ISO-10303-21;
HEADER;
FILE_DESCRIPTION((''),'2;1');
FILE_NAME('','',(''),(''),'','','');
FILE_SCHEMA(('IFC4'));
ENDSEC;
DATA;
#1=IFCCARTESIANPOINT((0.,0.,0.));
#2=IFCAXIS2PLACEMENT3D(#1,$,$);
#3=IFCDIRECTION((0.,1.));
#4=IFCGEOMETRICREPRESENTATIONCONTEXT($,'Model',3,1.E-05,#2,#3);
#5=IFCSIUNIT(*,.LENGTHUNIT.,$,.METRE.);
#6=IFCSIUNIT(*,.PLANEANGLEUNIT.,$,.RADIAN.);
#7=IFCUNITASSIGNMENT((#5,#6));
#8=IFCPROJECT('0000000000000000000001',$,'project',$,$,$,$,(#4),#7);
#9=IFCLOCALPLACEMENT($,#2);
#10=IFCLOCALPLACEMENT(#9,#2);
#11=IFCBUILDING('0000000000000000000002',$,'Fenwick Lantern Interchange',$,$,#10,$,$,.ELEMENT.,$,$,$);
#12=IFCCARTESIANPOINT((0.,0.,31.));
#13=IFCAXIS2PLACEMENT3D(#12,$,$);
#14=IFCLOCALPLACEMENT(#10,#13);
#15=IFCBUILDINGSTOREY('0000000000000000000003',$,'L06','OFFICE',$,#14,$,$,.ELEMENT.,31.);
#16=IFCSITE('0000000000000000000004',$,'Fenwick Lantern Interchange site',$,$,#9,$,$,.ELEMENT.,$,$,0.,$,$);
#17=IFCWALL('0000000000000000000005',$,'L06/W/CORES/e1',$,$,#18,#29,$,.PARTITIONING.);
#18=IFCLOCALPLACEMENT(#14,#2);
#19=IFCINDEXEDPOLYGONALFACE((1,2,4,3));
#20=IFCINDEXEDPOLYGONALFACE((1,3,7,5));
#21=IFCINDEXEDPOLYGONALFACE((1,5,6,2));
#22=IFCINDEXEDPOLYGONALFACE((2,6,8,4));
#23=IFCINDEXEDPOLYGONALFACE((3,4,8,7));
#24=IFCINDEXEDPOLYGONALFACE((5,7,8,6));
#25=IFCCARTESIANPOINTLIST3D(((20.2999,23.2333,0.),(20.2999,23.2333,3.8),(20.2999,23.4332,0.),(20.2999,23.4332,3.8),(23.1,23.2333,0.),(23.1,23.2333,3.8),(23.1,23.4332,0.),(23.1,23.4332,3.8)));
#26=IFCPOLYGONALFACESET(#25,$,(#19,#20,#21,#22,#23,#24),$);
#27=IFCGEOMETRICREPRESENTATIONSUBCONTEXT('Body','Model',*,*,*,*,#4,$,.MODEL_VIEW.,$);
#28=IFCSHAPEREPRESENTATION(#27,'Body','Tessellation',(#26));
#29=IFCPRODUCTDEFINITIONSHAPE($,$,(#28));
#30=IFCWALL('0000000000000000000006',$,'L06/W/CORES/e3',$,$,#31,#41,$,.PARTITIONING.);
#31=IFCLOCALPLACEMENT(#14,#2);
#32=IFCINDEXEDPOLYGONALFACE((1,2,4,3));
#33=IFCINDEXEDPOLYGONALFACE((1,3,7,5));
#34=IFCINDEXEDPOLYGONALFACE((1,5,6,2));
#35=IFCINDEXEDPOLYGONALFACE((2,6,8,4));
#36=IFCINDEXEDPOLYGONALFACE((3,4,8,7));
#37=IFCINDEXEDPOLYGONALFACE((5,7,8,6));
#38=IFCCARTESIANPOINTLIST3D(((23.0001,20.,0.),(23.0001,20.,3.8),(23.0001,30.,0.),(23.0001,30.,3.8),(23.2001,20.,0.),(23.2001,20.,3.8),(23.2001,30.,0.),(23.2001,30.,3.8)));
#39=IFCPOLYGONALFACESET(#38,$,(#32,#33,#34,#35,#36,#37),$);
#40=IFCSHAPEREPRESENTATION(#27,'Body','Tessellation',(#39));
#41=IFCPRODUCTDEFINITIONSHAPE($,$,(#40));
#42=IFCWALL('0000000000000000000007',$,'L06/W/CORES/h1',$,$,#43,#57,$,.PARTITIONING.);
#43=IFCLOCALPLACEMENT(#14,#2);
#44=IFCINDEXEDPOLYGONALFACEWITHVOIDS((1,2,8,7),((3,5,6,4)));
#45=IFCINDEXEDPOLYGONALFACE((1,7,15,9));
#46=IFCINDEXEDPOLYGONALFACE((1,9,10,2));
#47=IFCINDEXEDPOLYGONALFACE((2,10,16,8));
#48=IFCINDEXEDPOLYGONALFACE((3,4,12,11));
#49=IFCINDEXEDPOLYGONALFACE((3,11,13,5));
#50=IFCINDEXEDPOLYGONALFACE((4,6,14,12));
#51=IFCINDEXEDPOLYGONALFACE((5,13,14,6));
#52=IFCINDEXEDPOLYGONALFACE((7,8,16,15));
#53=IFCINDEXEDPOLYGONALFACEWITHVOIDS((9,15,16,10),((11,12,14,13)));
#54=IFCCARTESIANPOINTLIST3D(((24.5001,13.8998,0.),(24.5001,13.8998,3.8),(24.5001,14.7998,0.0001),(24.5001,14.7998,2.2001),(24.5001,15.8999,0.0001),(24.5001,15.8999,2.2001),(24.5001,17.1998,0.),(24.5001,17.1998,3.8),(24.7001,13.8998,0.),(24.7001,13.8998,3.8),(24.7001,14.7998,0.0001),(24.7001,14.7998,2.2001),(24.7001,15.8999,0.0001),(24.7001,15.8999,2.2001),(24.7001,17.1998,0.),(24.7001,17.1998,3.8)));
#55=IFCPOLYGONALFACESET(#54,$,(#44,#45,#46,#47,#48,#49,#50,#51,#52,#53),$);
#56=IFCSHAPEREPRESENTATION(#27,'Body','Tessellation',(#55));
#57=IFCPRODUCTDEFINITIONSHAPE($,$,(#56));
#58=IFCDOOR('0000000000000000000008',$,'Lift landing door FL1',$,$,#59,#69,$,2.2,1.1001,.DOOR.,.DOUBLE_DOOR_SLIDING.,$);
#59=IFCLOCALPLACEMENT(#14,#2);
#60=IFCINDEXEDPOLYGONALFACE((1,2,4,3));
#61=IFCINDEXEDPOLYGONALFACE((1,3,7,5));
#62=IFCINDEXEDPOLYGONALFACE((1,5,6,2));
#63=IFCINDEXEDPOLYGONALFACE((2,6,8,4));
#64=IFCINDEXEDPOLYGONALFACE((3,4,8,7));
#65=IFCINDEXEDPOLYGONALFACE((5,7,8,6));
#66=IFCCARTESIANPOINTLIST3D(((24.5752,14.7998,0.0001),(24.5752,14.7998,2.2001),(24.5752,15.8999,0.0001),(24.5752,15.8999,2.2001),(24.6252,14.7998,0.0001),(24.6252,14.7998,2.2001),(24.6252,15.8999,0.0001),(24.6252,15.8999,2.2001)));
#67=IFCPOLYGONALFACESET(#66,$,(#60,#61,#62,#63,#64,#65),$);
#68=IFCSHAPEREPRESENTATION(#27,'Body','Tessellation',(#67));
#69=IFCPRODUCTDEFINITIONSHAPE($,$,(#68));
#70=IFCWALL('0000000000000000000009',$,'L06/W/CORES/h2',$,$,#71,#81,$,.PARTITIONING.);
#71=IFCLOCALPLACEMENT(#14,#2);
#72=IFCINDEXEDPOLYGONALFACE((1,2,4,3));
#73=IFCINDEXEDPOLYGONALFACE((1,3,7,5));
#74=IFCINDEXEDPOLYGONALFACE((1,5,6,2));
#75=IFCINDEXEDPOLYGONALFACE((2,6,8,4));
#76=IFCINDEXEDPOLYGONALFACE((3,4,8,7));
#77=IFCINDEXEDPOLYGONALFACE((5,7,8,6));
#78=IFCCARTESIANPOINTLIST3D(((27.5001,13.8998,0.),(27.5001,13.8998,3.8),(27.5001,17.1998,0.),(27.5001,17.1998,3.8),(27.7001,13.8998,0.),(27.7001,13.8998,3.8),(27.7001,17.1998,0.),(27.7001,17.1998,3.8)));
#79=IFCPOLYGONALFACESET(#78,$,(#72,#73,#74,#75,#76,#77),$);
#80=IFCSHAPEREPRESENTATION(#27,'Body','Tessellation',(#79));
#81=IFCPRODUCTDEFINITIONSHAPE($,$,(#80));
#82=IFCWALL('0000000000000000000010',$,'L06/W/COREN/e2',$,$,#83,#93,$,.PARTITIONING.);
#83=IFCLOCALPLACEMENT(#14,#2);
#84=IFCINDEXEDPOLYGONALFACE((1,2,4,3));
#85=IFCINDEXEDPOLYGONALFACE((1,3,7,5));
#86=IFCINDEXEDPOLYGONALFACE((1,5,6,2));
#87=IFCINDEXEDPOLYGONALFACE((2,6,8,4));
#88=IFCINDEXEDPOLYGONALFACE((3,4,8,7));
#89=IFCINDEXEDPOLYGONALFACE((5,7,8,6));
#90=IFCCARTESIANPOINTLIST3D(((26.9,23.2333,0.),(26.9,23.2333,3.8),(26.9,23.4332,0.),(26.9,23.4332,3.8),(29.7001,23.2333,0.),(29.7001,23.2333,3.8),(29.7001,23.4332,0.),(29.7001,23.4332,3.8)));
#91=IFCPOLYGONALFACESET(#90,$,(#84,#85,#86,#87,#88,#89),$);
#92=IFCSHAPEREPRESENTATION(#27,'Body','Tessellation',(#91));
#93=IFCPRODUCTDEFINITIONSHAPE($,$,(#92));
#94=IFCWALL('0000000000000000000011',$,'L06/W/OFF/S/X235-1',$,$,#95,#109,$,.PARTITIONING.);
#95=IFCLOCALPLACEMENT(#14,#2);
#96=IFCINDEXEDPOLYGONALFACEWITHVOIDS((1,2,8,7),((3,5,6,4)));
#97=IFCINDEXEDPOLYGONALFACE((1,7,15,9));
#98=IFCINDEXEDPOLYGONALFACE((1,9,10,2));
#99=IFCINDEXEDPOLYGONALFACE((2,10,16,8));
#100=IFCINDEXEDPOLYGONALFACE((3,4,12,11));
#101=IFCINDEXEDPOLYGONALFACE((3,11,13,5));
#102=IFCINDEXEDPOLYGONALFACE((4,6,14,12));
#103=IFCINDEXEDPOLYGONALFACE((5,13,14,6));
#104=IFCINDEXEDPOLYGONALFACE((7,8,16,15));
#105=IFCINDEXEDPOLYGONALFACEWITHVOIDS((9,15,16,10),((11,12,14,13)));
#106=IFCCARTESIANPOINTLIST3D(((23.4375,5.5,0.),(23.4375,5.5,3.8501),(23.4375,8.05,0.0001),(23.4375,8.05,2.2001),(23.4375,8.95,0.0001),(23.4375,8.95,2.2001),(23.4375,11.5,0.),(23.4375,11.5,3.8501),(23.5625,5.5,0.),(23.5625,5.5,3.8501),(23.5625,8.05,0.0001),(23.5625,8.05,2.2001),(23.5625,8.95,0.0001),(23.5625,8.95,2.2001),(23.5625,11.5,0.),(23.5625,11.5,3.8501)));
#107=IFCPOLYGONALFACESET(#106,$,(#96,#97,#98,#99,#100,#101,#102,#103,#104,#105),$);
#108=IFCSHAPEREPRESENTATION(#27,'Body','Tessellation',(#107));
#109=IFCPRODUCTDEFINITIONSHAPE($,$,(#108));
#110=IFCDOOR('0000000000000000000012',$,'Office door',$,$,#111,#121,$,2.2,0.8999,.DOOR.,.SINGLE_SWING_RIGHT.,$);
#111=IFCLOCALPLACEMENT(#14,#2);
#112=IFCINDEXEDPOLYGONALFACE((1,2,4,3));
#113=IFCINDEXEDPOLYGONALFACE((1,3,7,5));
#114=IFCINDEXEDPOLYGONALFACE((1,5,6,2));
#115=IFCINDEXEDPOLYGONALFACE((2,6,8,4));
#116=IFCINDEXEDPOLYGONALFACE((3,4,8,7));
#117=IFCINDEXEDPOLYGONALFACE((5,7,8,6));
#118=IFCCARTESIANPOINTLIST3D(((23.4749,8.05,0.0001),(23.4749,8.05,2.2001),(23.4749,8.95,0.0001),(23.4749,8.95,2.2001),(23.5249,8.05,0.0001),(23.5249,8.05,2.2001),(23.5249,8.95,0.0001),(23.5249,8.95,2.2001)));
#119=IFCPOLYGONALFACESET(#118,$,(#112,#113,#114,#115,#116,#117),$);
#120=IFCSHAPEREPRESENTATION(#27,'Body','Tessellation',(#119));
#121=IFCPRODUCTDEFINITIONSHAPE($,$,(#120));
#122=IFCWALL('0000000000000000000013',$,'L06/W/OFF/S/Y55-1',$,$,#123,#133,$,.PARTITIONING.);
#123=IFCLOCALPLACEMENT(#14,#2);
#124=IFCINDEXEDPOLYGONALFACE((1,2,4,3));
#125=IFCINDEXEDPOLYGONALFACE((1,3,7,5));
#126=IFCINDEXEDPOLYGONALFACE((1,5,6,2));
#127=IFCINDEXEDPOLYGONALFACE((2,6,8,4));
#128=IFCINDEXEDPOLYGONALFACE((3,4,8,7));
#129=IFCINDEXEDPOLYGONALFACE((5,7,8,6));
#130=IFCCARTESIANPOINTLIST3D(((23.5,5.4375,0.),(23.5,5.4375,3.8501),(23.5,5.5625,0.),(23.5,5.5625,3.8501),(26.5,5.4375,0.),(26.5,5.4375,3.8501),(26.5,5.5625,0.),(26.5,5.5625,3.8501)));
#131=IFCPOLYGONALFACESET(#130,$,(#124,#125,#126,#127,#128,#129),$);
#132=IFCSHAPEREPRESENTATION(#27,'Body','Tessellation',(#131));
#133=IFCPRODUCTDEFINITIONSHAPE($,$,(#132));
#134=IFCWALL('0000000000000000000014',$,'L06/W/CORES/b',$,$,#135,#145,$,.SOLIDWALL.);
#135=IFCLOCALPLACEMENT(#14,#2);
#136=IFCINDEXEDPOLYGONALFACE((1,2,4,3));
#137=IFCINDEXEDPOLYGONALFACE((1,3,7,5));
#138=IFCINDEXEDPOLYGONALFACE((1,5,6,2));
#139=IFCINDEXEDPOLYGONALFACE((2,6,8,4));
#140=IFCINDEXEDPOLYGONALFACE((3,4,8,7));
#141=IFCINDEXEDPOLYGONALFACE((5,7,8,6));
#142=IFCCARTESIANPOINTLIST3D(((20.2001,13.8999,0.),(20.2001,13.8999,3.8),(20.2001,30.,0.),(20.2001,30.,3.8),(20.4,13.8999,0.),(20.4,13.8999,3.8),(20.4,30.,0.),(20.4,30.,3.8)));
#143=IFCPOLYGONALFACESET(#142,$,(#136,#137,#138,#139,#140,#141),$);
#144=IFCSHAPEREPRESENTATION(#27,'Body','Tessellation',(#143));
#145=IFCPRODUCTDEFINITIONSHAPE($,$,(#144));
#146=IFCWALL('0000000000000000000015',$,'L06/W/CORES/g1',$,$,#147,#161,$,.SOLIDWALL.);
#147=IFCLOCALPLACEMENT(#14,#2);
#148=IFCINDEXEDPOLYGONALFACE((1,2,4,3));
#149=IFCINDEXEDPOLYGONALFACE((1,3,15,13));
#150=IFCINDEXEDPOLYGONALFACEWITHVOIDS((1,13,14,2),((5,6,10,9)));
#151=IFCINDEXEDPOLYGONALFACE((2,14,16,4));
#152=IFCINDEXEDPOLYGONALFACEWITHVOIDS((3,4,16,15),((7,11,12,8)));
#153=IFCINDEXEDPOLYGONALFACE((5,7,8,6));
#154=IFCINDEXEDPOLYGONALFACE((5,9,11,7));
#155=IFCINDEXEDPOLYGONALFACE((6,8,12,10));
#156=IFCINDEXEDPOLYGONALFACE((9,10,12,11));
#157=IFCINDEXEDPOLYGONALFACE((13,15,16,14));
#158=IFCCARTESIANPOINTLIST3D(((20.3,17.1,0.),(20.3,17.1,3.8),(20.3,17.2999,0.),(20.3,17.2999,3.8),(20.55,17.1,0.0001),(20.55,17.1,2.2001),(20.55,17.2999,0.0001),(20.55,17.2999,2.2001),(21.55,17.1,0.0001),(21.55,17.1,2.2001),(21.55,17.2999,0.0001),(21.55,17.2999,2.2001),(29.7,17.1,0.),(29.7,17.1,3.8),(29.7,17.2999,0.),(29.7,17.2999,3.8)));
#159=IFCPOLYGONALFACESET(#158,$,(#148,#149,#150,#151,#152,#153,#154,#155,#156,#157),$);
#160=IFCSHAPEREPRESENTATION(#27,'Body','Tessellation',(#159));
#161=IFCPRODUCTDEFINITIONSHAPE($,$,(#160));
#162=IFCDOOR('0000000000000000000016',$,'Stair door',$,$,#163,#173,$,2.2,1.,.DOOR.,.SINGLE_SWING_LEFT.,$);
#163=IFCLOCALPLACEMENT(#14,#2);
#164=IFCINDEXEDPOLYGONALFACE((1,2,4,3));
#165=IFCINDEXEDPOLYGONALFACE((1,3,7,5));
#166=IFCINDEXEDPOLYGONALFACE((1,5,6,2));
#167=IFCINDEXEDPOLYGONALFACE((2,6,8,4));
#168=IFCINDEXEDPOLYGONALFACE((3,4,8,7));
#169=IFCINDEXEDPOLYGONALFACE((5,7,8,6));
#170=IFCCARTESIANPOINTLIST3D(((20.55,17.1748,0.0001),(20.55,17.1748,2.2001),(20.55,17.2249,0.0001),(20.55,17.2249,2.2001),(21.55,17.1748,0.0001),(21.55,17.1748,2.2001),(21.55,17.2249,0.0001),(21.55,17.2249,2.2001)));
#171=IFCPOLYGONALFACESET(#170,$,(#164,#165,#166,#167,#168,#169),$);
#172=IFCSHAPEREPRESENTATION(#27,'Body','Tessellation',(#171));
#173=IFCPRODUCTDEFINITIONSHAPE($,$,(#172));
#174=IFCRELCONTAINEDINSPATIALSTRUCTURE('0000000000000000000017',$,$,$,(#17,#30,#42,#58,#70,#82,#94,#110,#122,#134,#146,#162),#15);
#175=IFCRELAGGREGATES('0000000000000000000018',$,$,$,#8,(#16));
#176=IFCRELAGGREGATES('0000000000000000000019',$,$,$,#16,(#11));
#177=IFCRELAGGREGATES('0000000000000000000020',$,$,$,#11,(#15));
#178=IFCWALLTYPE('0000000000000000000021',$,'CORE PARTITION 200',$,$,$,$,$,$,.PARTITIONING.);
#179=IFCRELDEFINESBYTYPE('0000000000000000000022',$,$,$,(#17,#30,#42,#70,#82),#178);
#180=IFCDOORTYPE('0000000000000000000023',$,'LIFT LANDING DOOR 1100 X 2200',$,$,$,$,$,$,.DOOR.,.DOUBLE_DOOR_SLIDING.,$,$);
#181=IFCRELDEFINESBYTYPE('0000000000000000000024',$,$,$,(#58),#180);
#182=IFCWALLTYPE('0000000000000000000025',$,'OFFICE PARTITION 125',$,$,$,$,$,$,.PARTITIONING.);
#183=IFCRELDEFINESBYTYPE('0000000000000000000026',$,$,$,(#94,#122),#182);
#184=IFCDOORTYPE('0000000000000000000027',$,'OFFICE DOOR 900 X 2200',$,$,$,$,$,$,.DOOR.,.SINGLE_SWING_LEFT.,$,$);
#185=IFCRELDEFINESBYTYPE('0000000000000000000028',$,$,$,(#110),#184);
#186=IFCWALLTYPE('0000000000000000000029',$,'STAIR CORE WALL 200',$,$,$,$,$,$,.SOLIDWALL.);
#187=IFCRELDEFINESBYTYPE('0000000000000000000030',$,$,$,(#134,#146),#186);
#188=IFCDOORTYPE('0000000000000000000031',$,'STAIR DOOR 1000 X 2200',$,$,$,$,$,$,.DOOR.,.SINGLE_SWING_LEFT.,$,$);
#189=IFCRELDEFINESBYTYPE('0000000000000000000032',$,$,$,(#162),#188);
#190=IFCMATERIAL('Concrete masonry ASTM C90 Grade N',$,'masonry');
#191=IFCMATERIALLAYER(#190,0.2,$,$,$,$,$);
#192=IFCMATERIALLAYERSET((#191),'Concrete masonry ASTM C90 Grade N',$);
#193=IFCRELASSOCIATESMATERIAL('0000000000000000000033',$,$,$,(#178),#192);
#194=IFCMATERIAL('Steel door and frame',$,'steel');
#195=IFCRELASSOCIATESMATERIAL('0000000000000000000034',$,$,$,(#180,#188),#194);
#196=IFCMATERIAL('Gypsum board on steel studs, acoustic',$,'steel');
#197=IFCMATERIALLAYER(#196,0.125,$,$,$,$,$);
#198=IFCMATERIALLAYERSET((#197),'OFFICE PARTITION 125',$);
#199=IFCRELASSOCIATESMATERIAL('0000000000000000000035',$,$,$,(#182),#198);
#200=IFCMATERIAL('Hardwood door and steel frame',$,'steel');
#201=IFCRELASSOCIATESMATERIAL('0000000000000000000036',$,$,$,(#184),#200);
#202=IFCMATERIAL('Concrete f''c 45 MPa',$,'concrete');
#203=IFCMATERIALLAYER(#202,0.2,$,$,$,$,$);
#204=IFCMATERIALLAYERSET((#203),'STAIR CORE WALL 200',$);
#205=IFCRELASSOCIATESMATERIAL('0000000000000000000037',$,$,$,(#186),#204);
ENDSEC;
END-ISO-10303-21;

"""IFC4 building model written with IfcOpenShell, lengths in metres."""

from ifc_helpers import new_model, si_unit, direction, frame, frame_2d, origin, place, context, subcontext, project, spatial, rectangle, extrude, material, layer, layer_set, type_object, element, fill, save


model = new_model("IFC4")

# Units and contexts
model_context = context("Model", 3, precision=1e-05, world=origin(), true_north=direction((0.0, 1.0)))
body_context = subcontext(model_context, "Body", "Model", "MODEL_VIEW")
ifc_project = project(units=[si_unit("LENGTHUNIT", "METRE"), si_unit("PLANEANGLEUNIT", "RADIAN")], contexts=[model_context])

# Site, building, storey
site_placement = place(None, origin())
site = spatial("IfcSite", under=ifc_project, at=site_placement, Name="Fenwick Lantern Interchange site", CompositionType="ELEMENT", RefElevation=0.0)
building_placement = place(site_placement, origin())
building = spatial("IfcBuilding", under=site, at=building_placement, Name="Fenwick Lantern Interchange", CompositionType="ELEMENT")
storey_placement = place(building_placement, frame((0.0, 0.0, 31.0)))
storey = spatial("IfcBuildingStorey", under=building, at=storey_placement, Name="L06", Description="OFFICE", CompositionType="ELEMENT", Elevation=31.0)

# Walls
ifc_material_1 = material(Name="Concrete masonry ASTM C90 Grade N", Category="masonry")
ifc_layer_1 = layer(ifc_material_1, 0.2)
ifc_layer_set_1 = layer_set([ifc_layer_1], Name="Concrete masonry ASTM C90 Grade N")
wall_type_1 = type_object("IfcWallType", Name="CORE PARTITION 200", PredefinedType="PARTITIONING", material=ifc_layer_set_1)
wall_1_placement = place(storey_placement, frame((20.3, 23.3333, 0.0), z_axis=(0.0, 0.0, 1.0), x_axis=(1.0, 0.0, 0.0)))
element("IfcWall", 1, at=wall_1_placement, inside=storey, type_object=wall_type_1, Name="L06/W/CORES/e1", PredefinedType="PARTITIONING", context=body_context, shape_type="SweptSolid", body=[
    extrude(rectangle(XDim=2.8, YDim=0.2, at=frame_2d((1.3999, 0.0))), origin(), (0.0, 0.0, 1.0), 3.8),
])
wall_2_placement = place(storey_placement, frame((23.1001, 20.0, 0.0), z_axis=(0.0, 0.0, 1.0), x_axis=(0.0, 1.0, 0.0)))
element("IfcWall", 2, at=wall_2_placement, inside=storey, type_object=wall_type_1, Name="L06/W/CORES/e3", PredefinedType="PARTITIONING", context=body_context, shape_type="SweptSolid", body=[
    extrude(rectangle(XDim=10.0, YDim=0.2, at=frame_2d((5.0, 0.0))), origin(), (0.0, 0.0, 1.0), 3.8),
])

# Wall, opening, door
wall_3_placement = place(storey_placement, frame((24.6001, 13.8999, 0.0), z_axis=(0.0, 0.0, 1.0), x_axis=(0.0, 1.0, 0.0)))
wall_3 = element("IfcWall", 3, at=wall_3_placement, inside=storey, type_object=wall_type_1, Name="L06/W/CORES/h1", PredefinedType="PARTITIONING", context=body_context, shape_type="SweptSolid", body=[
    extrude(rectangle(XDim=3.3, YDim=0.2, at=frame_2d((1.6499, 0.0))), origin(), (0.0, 0.0, 1.0), 3.8),
])
opening_1_placement = place(wall_3_placement, frame((0.8999, 0.0, 0.0)))
opening_1 = element("IfcOpeningElement", 4, at=opening_1_placement, cuts=wall_3, PredefinedType="OPENING", context=body_context, shape_type="SweptSolid", body=[
    extrude(rectangle(XDim=1.1001, YDim=2.2, at=frame_2d((0.55, 1.1001))), frame((0.0, 0.1099, 0.0), z_axis=(0.0, -1.0, 0.0), x_axis=(1.0, 0.0, 0.0)), (0.0, 0.0, 1.0), 0.22),
])
ifc_material_2 = material(Name="Steel door and frame", Category="steel")
door_type_1 = type_object("IfcDoorType", Name="LIFT LANDING DOOR 1100 X 2200", OperationType="DOUBLE_DOOR_SLIDING", PredefinedType="DOOR", material=ifc_material_2)
door_1_placement = place(opening_1_placement, origin())
door_1 = element("IfcDoor", 5, at=door_1_placement, inside=storey, type_object=door_type_1, Name="Lift landing door FL1", OperationType="DOUBLE_DOOR_SLIDING", OverallHeight=2.2, OverallWidth=1.1001, PredefinedType="DOOR", context=body_context, shape_type="SweptSolid", body=[
    extrude(rectangle(XDim=1.1001, YDim=2.2, at=frame_2d((0.55, 1.1001))), frame((0.0, 0.0249, 0.0), z_axis=(0.0, -1.0, 0.0), x_axis=(1.0, 0.0, 0.0)), (0.0, 0.0, 1.0), 0.05),
])
fill(opening_1, door_1)

# Walls
wall_4_placement = place(storey_placement, frame((27.6001, 13.8999, 0.0), z_axis=(0.0, 0.0, 1.0), x_axis=(0.0, 1.0, 0.0)))
element("IfcWall", 6, at=wall_4_placement, inside=storey, type_object=wall_type_1, Name="L06/W/CORES/h2", PredefinedType="PARTITIONING", context=body_context, shape_type="SweptSolid", body=[
    extrude(rectangle(XDim=3.3, YDim=0.2, at=frame_2d((1.6499, 0.0))), origin(), (0.0, 0.0, 1.0), 3.8),
])
wall_5_placement = place(storey_placement, frame((29.7, 23.3333, 0.0), z_axis=(0.0, 0.0, 1.0), x_axis=(-1.0, 0.0, 0.0)))
element("IfcWall", 7, at=wall_5_placement, inside=storey, type_object=wall_type_1, Name="L06/W/COREN/e2", PredefinedType="PARTITIONING", context=body_context, shape_type="SweptSolid", body=[
    extrude(rectangle(XDim=2.8, YDim=0.2, at=frame_2d((1.3999, 0.0))), origin(), (0.0, 0.0, 1.0), 3.8),
])

# Wall, opening, door
ifc_material_3 = material(Name="Gypsum board on steel studs, acoustic", Category="steel")
ifc_layer_2 = layer(ifc_material_3, 0.125)
ifc_layer_set_2 = layer_set([ifc_layer_2], Name="OFFICE PARTITION 125")
wall_type_2 = type_object("IfcWallType", Name="OFFICE PARTITION 125", PredefinedType="PARTITIONING", material=ifc_layer_set_2)
wall_6_placement = place(storey_placement, frame((23.5, 5.5, 0.0), z_axis=(0.0, 0.0, 1.0), x_axis=(0.0, 1.0, 0.0)))
wall_6 = element("IfcWall", 8, at=wall_6_placement, inside=storey, type_object=wall_type_2, Name="L06/W/OFF/S/X235-1", PredefinedType="PARTITIONING", context=body_context, shape_type="SweptSolid", body=[
    extrude(rectangle(XDim=6.0, YDim=0.125, at=frame_2d((3.0, 0.0))), origin(), (0.0, 0.0, 1.0), 3.8501),
])
opening_2_placement = place(wall_6_placement, frame((2.55, 0.0, 0.0)))
opening_2 = element("IfcOpeningElement", 9, at=opening_2_placement, cuts=wall_6, PredefinedType="OPENING", context=body_context, shape_type="SweptSolid", body=[
    extrude(rectangle(XDim=0.8999, YDim=2.2, at=frame_2d((0.45, 1.1001))), frame((0.0, 0.0725, 0.0), z_axis=(0.0, -1.0, 0.0), x_axis=(1.0, 0.0, 0.0)), (0.0, 0.0, 1.0), 0.145),
])
ifc_material_4 = material(Name="Hardwood door and steel frame", Category="steel")
door_type_2 = type_object("IfcDoorType", Name="OFFICE DOOR 900 X 2200", OperationType="SINGLE_SWING_LEFT", PredefinedType="DOOR", material=ifc_material_4)
door_2_placement = place(opening_2_placement, frame((0.8999, 0.0, 0.0), z_axis=(0.0, 0.0, 1.0), x_axis=(-1.0, 0.0, 0.0)))
door_2 = element("IfcDoor", 10, at=door_2_placement, inside=storey, type_object=door_type_2, Name="Office door", OperationType="SINGLE_SWING_RIGHT", OverallHeight=2.2, OverallWidth=0.8999, PredefinedType="DOOR", context=body_context, shape_type="SweptSolid", body=[
    extrude(rectangle(XDim=0.8999, YDim=2.2, at=frame_2d((0.45, 1.1001))), frame((0.0, 0.0249, 0.0), z_axis=(0.0, -1.0, 0.0), x_axis=(1.0, 0.0, 0.0)), (0.0, 0.0, 1.0), 0.05),
])
fill(opening_2, door_2)

# Walls
wall_7_placement = place(storey_placement, frame((23.5, 5.5, 0.0), z_axis=(0.0, 0.0, 1.0), x_axis=(1.0, 0.0, 0.0)))
element("IfcWall", 11, at=wall_7_placement, inside=storey, type_object=wall_type_2, Name="L06/W/OFF/S/Y55-1", PredefinedType="PARTITIONING", context=body_context, shape_type="SweptSolid", body=[
    extrude(rectangle(XDim=3.0, YDim=0.125, at=frame_2d((1.5, 0.0))), origin(), (0.0, 0.0, 1.0), 3.8501),
])
ifc_material_5 = material(Name="Concrete f'c 45 MPa", Category="concrete")
ifc_layer_3 = layer(ifc_material_5, 0.2)
ifc_layer_set_3 = layer_set([ifc_layer_3], Name="STAIR CORE WALL 200")
wall_type_3 = type_object("IfcWallType", Name="STAIR CORE WALL 200", PredefinedType="SOLIDWALL", material=ifc_layer_set_3)
wall_8_placement = place(storey_placement, frame((20.3, 13.8999, 0.0), z_axis=(0.0, 0.0, 1.0), x_axis=(0.0, 1.0, 0.0)))
element("IfcWall", 12, at=wall_8_placement, inside=storey, type_object=wall_type_3, Name="L06/W/CORES/b", PredefinedType="SOLIDWALL", context=body_context, shape_type="SweptSolid", body=[
    extrude(rectangle(XDim=16.1001, YDim=0.2, at=frame_2d((8.05, 0.0))), origin(), (0.0, 0.0, 1.0), 3.8),
])

# Wall, opening, door
wall_9_placement = place(storey_placement, frame((20.3, 17.2, 0.0), z_axis=(0.0, 0.0, 1.0), x_axis=(1.0, 0.0, 0.0)))
wall_9 = element("IfcWall", 13, at=wall_9_placement, inside=storey, type_object=wall_type_3, Name="L06/W/CORES/g1", PredefinedType="SOLIDWALL", context=body_context, shape_type="SweptSolid", body=[
    extrude(rectangle(XDim=9.3999, YDim=0.2, at=frame_2d((4.7, 0.0))), origin(), (0.0, 0.0, 1.0), 3.8),
])
opening_3_placement = place(wall_9_placement, frame((0.25, 0.0, 0.0)))
opening_3 = element("IfcOpeningElement", 14, at=opening_3_placement, cuts=wall_9, PredefinedType="OPENING", context=body_context, shape_type="SweptSolid", body=[
    extrude(rectangle(XDim=1.0, YDim=2.2, at=frame_2d((0.5, 1.1001))), frame((0.0, 0.1099, 0.0), z_axis=(0.0, -1.0, 0.0), x_axis=(1.0, 0.0, 0.0)), (0.0, 0.0, 1.0), 0.22),
])
door_type_3 = type_object("IfcDoorType", Name="STAIR DOOR 1000 X 2200", OperationType="SINGLE_SWING_LEFT", PredefinedType="DOOR", material=ifc_material_2)
door_3_placement = place(opening_3_placement, origin())
door_3 = element("IfcDoor", 15, at=door_3_placement, inside=storey, type_object=door_type_3, Name="Stair door", OperationType="SINGLE_SWING_LEFT", OverallHeight=2.2, OverallWidth=1.0, PredefinedType="DOOR", context=body_context, shape_type="SweptSolid", body=[
    extrude(rectangle(XDim=1.0, YDim=2.2, at=frame_2d((0.5, 1.1001))), frame((0.0, 0.0249, 0.0), z_axis=(0.0, -1.0, 0.0), x_axis=(1.0, 0.0, 0.0)), (0.0, 0.0, 1.0), 0.05),
])
fill(opening_3, door_3)

save(model, "model.ifc")
